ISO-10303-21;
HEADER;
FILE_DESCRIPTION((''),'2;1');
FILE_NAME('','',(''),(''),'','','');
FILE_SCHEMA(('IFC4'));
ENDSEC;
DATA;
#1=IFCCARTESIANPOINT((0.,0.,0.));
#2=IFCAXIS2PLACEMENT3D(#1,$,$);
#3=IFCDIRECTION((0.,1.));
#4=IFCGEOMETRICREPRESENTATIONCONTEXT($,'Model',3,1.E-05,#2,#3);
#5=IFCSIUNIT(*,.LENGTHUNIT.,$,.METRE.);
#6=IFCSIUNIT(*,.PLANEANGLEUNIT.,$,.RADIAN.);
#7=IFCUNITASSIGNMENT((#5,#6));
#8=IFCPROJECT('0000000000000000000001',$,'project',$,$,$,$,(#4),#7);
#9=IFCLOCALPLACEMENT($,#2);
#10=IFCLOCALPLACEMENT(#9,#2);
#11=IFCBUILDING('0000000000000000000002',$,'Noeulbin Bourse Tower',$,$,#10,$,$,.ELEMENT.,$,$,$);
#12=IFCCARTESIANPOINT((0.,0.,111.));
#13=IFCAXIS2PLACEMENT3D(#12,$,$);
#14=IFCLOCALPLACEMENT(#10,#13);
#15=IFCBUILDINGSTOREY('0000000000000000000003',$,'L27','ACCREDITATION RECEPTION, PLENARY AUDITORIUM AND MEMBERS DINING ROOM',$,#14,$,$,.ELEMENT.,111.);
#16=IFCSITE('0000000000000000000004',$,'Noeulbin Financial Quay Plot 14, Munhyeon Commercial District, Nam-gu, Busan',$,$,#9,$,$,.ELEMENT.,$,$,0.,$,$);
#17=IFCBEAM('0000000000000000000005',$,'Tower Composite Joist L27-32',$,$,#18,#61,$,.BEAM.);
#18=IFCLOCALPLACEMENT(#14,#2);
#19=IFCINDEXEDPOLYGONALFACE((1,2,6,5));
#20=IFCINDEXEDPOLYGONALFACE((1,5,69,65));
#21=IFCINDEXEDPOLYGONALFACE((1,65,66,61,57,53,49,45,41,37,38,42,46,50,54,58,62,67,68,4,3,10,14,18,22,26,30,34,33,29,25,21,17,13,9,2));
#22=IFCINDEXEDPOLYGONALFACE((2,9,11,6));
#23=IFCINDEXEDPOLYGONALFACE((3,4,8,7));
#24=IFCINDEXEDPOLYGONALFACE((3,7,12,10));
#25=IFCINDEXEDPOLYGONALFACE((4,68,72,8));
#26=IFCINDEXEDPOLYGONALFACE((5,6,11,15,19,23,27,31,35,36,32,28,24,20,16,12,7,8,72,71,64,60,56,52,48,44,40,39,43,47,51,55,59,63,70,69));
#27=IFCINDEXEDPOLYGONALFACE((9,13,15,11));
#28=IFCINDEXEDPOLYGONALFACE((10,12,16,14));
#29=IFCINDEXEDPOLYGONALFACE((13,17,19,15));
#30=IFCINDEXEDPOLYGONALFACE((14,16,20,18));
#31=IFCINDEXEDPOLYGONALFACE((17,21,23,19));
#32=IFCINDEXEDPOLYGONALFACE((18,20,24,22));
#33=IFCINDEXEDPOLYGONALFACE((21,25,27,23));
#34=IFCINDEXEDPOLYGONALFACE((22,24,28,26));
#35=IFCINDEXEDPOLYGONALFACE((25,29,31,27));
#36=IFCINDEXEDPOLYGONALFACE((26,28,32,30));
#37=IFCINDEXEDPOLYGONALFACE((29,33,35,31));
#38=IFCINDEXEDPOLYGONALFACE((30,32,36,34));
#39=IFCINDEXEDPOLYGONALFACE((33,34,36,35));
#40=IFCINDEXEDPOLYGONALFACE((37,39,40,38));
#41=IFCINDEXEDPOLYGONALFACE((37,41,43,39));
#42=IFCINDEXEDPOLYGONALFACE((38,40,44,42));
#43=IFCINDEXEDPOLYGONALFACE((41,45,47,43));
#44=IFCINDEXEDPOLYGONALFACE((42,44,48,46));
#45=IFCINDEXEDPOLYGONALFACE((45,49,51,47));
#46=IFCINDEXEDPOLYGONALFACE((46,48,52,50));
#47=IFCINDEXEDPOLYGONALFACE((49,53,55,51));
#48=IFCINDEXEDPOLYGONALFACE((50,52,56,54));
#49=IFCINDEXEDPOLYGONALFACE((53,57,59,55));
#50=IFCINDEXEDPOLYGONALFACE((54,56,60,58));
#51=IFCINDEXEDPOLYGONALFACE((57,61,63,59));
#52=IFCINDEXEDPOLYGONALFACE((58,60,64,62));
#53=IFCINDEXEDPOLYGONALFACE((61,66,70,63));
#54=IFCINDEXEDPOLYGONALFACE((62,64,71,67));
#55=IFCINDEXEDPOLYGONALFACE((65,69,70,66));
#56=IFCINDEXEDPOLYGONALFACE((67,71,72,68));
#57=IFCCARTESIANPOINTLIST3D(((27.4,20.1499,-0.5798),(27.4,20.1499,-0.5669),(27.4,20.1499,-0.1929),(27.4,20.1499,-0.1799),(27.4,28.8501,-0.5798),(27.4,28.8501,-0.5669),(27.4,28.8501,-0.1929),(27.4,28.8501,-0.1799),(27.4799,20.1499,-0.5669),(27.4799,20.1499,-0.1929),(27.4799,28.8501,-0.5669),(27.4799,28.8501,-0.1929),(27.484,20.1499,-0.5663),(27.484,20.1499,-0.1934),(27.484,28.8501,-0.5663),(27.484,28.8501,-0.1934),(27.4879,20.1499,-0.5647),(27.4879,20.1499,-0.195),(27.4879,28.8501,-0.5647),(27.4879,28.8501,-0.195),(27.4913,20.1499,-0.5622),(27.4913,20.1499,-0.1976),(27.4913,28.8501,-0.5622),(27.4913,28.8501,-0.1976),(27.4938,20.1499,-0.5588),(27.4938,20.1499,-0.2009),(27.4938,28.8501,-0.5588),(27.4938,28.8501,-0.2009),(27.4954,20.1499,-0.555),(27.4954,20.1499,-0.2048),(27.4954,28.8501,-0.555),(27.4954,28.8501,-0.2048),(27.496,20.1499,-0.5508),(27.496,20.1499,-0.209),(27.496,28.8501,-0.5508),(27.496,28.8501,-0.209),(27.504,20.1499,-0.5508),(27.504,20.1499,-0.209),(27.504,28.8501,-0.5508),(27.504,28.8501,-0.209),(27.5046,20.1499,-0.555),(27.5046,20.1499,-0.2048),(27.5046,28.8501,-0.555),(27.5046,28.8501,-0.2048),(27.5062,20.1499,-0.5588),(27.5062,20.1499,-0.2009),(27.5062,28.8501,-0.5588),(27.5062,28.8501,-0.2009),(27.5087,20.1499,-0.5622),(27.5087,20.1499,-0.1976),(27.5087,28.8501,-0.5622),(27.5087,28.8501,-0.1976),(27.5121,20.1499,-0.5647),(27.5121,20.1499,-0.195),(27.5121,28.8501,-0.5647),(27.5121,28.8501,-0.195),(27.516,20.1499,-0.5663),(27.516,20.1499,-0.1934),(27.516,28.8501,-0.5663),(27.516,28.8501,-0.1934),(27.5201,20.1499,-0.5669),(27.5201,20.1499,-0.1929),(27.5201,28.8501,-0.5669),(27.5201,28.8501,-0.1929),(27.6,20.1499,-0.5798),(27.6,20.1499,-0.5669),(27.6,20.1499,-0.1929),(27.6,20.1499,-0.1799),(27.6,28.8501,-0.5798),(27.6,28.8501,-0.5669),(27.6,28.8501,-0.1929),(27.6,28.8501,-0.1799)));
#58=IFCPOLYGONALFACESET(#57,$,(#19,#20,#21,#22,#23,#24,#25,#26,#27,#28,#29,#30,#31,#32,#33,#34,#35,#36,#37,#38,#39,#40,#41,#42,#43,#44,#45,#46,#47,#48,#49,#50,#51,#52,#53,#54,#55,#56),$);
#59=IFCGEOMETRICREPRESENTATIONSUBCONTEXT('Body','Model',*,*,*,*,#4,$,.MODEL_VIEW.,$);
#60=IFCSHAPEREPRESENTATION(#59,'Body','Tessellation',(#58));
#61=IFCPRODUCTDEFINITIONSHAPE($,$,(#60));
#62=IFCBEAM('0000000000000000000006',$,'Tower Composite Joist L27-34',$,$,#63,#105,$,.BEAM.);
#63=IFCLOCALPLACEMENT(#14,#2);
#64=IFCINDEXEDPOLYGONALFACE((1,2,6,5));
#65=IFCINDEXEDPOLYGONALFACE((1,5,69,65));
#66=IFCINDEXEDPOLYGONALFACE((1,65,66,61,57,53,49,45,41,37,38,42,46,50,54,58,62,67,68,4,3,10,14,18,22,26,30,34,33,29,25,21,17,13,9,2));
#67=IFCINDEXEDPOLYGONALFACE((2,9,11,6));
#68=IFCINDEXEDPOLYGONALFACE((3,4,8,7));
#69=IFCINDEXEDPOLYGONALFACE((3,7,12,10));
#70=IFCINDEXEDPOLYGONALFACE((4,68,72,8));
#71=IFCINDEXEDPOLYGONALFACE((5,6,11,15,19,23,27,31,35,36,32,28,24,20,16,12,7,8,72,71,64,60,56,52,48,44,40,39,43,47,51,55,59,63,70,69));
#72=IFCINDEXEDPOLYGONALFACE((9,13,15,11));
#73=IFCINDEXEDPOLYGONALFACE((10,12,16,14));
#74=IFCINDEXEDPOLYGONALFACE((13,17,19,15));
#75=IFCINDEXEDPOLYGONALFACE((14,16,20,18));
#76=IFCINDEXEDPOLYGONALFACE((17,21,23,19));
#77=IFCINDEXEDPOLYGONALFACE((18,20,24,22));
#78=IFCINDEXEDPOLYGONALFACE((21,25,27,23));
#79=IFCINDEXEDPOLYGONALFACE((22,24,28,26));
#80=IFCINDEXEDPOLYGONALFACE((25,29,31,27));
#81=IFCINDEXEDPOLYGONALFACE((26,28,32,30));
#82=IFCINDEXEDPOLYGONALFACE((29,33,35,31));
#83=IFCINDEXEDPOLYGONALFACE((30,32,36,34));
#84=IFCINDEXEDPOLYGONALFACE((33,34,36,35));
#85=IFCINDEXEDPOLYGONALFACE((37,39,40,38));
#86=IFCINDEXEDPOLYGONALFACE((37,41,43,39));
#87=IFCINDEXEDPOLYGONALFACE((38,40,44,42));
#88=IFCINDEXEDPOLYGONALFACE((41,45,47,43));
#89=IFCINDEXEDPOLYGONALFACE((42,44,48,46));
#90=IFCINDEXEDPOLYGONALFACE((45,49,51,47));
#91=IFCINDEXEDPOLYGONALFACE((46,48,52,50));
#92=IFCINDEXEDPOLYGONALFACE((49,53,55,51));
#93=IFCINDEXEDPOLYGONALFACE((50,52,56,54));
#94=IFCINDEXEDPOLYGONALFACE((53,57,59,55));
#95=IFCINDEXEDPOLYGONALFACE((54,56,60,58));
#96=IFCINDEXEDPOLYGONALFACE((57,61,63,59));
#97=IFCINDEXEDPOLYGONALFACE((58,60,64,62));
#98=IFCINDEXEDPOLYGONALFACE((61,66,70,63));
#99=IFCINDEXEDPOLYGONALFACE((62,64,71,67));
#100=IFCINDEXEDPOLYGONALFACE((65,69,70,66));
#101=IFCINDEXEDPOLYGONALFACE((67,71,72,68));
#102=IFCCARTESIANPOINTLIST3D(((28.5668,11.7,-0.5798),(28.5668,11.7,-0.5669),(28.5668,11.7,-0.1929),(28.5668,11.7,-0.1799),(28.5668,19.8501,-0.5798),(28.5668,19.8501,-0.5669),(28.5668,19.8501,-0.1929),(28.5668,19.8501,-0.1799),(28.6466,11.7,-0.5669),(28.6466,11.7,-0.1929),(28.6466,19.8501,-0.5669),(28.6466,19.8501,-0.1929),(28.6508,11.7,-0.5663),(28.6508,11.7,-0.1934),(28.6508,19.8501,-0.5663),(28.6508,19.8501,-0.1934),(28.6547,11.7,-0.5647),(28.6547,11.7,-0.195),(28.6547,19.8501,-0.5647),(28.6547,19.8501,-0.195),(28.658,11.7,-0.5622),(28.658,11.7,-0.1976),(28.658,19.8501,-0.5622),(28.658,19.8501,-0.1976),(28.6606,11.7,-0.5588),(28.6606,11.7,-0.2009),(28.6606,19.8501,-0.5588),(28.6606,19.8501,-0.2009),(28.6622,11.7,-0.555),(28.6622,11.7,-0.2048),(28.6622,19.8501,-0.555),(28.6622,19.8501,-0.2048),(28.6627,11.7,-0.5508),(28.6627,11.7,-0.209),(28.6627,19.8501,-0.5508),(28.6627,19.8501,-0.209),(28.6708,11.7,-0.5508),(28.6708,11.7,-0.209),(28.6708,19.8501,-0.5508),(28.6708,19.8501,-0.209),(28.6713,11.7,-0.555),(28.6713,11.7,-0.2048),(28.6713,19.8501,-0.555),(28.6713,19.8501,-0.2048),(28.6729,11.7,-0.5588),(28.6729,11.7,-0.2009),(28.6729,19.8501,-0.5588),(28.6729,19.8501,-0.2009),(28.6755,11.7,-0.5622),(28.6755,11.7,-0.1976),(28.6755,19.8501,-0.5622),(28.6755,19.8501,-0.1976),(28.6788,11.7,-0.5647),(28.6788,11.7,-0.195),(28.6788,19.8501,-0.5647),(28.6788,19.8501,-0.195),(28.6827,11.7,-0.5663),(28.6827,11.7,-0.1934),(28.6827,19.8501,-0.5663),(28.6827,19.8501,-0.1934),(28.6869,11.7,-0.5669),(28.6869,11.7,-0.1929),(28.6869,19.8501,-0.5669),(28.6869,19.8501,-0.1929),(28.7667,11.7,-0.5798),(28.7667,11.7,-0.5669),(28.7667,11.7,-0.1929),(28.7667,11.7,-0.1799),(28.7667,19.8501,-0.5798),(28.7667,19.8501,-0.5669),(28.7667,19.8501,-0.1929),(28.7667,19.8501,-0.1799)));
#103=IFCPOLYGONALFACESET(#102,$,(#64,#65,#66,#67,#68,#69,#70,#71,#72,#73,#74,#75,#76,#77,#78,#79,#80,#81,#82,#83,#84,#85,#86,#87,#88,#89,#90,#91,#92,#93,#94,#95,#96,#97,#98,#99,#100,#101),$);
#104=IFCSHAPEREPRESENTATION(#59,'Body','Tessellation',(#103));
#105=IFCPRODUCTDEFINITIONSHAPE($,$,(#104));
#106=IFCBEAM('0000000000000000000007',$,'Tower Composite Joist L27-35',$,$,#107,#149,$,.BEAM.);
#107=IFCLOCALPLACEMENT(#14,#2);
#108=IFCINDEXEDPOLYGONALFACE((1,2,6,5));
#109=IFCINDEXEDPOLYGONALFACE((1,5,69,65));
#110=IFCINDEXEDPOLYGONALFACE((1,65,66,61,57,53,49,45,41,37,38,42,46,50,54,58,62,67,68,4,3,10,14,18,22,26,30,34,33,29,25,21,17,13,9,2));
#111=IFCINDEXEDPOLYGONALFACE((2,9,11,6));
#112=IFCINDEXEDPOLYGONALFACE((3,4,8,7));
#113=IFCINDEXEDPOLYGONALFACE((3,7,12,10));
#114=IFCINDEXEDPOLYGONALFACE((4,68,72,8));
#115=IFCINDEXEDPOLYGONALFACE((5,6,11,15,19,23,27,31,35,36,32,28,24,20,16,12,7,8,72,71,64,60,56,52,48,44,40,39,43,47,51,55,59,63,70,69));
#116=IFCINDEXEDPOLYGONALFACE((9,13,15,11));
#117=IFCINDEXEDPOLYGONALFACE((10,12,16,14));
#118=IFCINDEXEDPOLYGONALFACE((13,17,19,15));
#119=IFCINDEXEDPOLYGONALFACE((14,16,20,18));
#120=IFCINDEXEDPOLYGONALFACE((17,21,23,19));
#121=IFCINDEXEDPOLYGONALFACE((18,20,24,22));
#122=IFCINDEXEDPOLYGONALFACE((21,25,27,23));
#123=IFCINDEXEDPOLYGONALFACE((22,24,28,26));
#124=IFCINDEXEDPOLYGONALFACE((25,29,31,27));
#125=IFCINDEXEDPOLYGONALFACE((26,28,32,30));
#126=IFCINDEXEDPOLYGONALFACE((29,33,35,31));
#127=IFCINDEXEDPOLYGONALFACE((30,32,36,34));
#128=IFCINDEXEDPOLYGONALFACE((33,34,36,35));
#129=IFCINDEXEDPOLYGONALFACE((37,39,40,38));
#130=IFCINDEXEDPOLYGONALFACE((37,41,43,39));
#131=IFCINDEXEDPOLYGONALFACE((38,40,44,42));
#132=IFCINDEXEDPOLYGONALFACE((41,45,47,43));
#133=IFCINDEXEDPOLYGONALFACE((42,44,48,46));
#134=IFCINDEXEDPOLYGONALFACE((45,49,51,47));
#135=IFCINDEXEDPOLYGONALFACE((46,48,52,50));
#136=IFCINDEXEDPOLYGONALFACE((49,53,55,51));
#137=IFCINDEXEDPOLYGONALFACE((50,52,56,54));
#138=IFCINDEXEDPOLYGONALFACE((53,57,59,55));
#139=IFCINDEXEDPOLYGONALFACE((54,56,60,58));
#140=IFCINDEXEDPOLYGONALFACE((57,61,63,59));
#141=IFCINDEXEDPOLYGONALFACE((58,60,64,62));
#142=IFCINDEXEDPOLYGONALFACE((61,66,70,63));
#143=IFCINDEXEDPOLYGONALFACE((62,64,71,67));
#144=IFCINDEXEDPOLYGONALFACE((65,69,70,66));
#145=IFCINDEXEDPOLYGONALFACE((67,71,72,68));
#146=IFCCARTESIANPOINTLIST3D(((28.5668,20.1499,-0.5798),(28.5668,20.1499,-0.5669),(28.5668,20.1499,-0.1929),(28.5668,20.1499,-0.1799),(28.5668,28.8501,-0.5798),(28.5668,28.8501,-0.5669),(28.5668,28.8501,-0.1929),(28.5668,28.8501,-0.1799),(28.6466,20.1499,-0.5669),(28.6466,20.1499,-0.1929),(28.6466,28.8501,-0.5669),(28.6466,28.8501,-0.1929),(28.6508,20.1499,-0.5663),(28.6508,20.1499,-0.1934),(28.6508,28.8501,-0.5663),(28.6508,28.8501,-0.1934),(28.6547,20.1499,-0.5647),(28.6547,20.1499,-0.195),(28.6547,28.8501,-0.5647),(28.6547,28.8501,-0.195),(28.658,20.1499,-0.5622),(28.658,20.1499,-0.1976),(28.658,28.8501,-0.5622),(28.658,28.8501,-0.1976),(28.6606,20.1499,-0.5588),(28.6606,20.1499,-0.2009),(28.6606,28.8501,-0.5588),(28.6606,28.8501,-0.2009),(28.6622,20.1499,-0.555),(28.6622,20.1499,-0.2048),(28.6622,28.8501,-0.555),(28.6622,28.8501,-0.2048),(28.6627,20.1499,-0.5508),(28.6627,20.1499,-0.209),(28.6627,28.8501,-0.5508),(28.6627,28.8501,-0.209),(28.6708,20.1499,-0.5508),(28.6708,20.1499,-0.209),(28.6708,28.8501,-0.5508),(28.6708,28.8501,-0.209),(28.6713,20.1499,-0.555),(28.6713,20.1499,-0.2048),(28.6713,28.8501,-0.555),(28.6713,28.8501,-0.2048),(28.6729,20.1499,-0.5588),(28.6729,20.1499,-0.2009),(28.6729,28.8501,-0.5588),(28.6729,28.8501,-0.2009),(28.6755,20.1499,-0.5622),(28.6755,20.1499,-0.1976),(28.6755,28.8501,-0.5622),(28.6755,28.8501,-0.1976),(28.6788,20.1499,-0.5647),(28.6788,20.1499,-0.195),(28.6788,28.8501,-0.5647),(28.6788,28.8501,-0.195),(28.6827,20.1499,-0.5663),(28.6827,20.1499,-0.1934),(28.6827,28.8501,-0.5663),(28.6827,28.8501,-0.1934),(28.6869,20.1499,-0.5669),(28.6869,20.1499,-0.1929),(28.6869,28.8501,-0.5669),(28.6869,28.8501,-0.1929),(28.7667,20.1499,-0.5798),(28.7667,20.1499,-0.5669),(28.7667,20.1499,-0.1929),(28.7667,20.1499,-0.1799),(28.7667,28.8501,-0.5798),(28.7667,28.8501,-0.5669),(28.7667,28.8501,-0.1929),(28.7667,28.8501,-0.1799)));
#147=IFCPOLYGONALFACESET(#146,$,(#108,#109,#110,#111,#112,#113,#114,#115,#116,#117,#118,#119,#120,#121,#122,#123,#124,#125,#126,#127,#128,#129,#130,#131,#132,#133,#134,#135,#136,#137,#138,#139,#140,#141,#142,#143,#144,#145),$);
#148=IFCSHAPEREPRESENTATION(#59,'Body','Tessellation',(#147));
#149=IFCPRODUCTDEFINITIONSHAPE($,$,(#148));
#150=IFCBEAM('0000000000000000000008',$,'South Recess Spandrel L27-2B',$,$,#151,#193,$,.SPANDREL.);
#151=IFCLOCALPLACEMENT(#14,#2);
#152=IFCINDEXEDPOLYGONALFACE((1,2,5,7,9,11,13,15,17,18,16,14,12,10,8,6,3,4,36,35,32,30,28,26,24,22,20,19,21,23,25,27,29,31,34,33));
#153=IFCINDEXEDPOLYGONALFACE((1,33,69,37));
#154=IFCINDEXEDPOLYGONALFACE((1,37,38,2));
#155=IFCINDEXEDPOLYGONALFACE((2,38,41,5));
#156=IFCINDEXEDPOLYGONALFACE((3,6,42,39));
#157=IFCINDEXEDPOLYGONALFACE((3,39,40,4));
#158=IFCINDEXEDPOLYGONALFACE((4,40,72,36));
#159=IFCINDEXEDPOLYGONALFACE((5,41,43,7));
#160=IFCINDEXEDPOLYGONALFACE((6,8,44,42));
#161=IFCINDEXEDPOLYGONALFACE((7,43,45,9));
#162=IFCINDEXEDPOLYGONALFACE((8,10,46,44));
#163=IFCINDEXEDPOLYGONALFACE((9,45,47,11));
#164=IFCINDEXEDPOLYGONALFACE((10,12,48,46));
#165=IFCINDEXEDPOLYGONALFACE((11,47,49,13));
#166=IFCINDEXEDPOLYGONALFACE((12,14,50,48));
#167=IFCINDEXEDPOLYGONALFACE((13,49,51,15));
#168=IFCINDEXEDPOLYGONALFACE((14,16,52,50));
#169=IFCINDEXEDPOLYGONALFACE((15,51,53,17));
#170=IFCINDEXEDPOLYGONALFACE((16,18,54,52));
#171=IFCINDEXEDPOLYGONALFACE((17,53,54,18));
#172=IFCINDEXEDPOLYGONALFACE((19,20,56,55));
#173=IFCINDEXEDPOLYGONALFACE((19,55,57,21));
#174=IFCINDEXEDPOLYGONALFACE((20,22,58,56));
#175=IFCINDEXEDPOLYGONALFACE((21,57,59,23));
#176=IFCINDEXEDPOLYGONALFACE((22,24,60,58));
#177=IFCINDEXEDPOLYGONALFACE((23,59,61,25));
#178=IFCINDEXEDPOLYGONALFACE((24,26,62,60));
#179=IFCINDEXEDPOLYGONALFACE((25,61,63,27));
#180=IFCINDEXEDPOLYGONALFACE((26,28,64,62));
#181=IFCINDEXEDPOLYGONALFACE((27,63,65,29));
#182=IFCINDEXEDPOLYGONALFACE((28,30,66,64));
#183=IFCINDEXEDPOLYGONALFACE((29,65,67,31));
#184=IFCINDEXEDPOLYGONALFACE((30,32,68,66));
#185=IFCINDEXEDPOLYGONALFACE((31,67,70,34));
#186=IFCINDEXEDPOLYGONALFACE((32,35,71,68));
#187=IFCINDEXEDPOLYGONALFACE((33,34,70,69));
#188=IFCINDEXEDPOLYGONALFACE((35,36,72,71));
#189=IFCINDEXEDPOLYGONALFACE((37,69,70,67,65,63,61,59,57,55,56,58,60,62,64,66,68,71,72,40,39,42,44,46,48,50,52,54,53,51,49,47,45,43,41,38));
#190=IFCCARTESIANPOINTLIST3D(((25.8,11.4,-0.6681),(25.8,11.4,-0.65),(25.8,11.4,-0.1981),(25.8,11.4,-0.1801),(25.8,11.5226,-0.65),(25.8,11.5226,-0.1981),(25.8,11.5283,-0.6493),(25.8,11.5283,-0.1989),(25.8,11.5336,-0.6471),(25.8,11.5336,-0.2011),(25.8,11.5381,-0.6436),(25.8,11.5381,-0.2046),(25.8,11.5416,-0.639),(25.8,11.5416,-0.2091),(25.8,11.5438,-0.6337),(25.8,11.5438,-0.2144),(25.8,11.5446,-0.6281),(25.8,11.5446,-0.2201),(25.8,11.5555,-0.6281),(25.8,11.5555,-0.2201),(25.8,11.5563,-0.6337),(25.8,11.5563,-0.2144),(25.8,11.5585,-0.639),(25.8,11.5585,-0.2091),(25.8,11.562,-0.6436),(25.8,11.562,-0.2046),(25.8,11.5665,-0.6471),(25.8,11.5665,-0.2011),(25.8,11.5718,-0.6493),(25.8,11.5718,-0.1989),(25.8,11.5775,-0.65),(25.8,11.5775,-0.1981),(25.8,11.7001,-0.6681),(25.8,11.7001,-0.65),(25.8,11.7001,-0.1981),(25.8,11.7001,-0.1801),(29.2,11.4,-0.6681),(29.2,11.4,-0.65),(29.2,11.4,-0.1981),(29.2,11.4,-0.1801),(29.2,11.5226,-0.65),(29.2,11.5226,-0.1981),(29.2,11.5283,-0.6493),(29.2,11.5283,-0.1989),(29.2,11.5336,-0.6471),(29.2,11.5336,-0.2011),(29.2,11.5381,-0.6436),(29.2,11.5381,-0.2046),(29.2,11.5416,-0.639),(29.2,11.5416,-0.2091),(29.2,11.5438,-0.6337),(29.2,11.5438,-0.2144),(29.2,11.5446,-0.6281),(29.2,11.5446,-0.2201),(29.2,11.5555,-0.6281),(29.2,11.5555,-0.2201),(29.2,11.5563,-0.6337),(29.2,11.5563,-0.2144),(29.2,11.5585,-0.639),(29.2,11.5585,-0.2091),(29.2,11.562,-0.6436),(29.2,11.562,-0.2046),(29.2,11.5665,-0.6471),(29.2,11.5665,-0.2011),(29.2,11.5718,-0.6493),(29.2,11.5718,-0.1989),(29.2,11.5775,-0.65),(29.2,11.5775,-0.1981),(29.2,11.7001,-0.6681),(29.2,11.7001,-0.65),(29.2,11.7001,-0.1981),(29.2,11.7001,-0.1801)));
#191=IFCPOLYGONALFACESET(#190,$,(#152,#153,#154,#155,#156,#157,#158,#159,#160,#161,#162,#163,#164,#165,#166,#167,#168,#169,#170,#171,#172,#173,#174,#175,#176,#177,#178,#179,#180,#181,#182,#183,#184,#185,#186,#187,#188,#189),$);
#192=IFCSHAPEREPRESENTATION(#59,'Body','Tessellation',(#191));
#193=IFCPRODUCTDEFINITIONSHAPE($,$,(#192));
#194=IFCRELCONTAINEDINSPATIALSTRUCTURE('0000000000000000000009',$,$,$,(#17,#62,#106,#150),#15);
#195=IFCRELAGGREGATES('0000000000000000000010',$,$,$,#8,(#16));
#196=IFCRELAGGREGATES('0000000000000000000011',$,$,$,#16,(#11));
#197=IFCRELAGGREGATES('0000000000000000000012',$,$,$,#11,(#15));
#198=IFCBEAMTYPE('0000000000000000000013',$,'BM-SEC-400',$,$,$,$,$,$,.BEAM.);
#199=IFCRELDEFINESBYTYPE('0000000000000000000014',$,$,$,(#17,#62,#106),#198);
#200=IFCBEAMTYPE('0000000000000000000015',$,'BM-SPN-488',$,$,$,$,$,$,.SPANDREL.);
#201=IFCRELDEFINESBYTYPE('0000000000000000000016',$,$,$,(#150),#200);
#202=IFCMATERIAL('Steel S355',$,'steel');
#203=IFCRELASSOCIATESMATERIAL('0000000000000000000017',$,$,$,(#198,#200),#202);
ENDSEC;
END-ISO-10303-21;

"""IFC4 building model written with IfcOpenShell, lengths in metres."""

from ifc_helpers import new_model, si_unit, direction, frame, origin, origin_2d, place, context, subcontext, project, spatial, i_section, extrude, material, material_profile, profile_set, type_object, element, save


model = new_model("IFC4")

# Units and contexts
model_context = context("Model", 3, precision=1e-05, world=origin(), true_north=direction((0.0, 1.0)))
body_context = subcontext(model_context, "Body", "Model", "MODEL_VIEW")
ifc_project = project(units=[si_unit("LENGTHUNIT", "METRE"), si_unit("PLANEANGLEUNIT", "RADIAN")], contexts=[model_context])

# Site, building, storey
site_placement = place(None, origin())
site = spatial("IfcSite", under=ifc_project, at=site_placement, Name="Noeulbin Financial Quay Plot 14, Munhyeon Commercial District, Nam-gu, Busan", CompositionType="ELEMENT", RefElevation=0.0)
building_placement = place(site_placement, origin())
building = spatial("IfcBuilding", under=site, at=building_placement, Name="Noeulbin Bourse Tower", CompositionType="ELEMENT")
storey_placement = place(building_placement, frame((0.0, 0.0, 111.0)))
storey = spatial("IfcBuildingStorey", under=building, at=storey_placement, Name="L27", Description="ACCREDITATION RECEPTION, PLENARY AUDITORIUM AND MEMBERS DINING ROOM", CompositionType="ELEMENT", Elevation=111.0)

# Beams
ifc_material_1 = material(Name="Steel S355", Category="steel")
ifc_material_profile_1 = material_profile(ifc_material_1, i_section(OverallWidth=0.2, OverallDepth=0.3999, WebThickness=0.0081, FlangeThickness=0.0129, FilletRadius=0.0161, at=origin_2d()), Name="H-400x200x8x13", Category="LoadBearing")
ifc_profile_set_1 = profile_set([ifc_material_profile_1], Name="Steel S355")
beam_type_1 = type_object("IfcBeamType", Name="BM-SEC-400", PredefinedType="BEAM", material=ifc_profile_set_1)
beam_1_placement = place(storey_placement, frame((27.5, 20.1499, -0.3799), z_axis=(0.0, 1.0, 0.0), x_axis=(-1.0, 0.0, 0.0)))
element("IfcBeam", 1, at=beam_1_placement, inside=storey, type_object=beam_type_1, Name="Tower Composite Joist L27-32", PredefinedType="BEAM", context=body_context, shape_type="SweptSolid", body=[
    extrude(i_section(OverallWidth=0.2, OverallDepth=0.3999, WebThickness=0.0081, FlangeThickness=0.0129, FilletRadius=0.0161, at=origin_2d()), origin(), (0.0, 0.0, 1.0), 8.7002),
])
beam_2_placement = place(storey_placement, frame((28.6667, 11.7, -0.3799), z_axis=(0.0, 1.0, 0.0), x_axis=(-1.0, 0.0, 0.0)))
element("IfcBeam", 2, at=beam_2_placement, inside=storey, type_object=beam_type_1, Name="Tower Composite Joist L27-34", PredefinedType="BEAM", context=body_context, shape_type="SweptSolid", body=[
    extrude(i_section(OverallWidth=0.2, OverallDepth=0.3999, WebThickness=0.0081, FlangeThickness=0.0129, FilletRadius=0.0161, at=origin_2d()), origin(), (0.0, 0.0, 1.0), 8.1501),
])
beam_3_placement = place(storey_placement, frame((28.6667, 20.1499, -0.3799), z_axis=(0.0, 1.0, 0.0), x_axis=(-1.0, 0.0, 0.0)))
element("IfcBeam", 3, at=beam_3_placement, inside=storey, type_object=beam_type_1, Name="Tower Composite Joist L27-35", PredefinedType="BEAM", context=body_context, shape_type="SweptSolid", body=[
    extrude(i_section(OverallWidth=0.2, OverallDepth=0.3999, WebThickness=0.0081, FlangeThickness=0.0129, FilletRadius=0.0161, at=origin_2d()), origin(), (0.0, 0.0, 1.0), 8.7002),
])
ifc_material_profile_2 = material_profile(ifc_material_1, i_section(OverallWidth=0.3, OverallDepth=0.488, WebThickness=0.011, FlangeThickness=0.0181, FilletRadius=0.022, at=origin_2d()), Name="H-488x300x11x18", Category="LoadBearing")
ifc_profile_set_2 = profile_set([ifc_material_profile_2], Name="Steel S355")
beam_type_2 = type_object("IfcBeamType", Name="BM-SPN-488", PredefinedType="SPANDREL", material=ifc_profile_set_2)
beam_4_placement = place(storey_placement, frame((25.8, 11.55, -0.4241), z_axis=(1.0, 0.0, 0.0), x_axis=(0.0, 1.0, 0.0)))
element("IfcBeam", 4, at=beam_4_placement, inside=storey, type_object=beam_type_2, Name="South Recess Spandrel L27-2B", PredefinedType="SPANDREL", context=body_context, shape_type="SweptSolid", body=[
    extrude(i_section(OverallWidth=0.3, OverallDepth=0.488, WebThickness=0.011, FlangeThickness=0.0181, FilletRadius=0.022, at=origin_2d()), origin(), (0.0, 0.0, 1.0), 3.3999),
])

save(model, "model.ifc")
